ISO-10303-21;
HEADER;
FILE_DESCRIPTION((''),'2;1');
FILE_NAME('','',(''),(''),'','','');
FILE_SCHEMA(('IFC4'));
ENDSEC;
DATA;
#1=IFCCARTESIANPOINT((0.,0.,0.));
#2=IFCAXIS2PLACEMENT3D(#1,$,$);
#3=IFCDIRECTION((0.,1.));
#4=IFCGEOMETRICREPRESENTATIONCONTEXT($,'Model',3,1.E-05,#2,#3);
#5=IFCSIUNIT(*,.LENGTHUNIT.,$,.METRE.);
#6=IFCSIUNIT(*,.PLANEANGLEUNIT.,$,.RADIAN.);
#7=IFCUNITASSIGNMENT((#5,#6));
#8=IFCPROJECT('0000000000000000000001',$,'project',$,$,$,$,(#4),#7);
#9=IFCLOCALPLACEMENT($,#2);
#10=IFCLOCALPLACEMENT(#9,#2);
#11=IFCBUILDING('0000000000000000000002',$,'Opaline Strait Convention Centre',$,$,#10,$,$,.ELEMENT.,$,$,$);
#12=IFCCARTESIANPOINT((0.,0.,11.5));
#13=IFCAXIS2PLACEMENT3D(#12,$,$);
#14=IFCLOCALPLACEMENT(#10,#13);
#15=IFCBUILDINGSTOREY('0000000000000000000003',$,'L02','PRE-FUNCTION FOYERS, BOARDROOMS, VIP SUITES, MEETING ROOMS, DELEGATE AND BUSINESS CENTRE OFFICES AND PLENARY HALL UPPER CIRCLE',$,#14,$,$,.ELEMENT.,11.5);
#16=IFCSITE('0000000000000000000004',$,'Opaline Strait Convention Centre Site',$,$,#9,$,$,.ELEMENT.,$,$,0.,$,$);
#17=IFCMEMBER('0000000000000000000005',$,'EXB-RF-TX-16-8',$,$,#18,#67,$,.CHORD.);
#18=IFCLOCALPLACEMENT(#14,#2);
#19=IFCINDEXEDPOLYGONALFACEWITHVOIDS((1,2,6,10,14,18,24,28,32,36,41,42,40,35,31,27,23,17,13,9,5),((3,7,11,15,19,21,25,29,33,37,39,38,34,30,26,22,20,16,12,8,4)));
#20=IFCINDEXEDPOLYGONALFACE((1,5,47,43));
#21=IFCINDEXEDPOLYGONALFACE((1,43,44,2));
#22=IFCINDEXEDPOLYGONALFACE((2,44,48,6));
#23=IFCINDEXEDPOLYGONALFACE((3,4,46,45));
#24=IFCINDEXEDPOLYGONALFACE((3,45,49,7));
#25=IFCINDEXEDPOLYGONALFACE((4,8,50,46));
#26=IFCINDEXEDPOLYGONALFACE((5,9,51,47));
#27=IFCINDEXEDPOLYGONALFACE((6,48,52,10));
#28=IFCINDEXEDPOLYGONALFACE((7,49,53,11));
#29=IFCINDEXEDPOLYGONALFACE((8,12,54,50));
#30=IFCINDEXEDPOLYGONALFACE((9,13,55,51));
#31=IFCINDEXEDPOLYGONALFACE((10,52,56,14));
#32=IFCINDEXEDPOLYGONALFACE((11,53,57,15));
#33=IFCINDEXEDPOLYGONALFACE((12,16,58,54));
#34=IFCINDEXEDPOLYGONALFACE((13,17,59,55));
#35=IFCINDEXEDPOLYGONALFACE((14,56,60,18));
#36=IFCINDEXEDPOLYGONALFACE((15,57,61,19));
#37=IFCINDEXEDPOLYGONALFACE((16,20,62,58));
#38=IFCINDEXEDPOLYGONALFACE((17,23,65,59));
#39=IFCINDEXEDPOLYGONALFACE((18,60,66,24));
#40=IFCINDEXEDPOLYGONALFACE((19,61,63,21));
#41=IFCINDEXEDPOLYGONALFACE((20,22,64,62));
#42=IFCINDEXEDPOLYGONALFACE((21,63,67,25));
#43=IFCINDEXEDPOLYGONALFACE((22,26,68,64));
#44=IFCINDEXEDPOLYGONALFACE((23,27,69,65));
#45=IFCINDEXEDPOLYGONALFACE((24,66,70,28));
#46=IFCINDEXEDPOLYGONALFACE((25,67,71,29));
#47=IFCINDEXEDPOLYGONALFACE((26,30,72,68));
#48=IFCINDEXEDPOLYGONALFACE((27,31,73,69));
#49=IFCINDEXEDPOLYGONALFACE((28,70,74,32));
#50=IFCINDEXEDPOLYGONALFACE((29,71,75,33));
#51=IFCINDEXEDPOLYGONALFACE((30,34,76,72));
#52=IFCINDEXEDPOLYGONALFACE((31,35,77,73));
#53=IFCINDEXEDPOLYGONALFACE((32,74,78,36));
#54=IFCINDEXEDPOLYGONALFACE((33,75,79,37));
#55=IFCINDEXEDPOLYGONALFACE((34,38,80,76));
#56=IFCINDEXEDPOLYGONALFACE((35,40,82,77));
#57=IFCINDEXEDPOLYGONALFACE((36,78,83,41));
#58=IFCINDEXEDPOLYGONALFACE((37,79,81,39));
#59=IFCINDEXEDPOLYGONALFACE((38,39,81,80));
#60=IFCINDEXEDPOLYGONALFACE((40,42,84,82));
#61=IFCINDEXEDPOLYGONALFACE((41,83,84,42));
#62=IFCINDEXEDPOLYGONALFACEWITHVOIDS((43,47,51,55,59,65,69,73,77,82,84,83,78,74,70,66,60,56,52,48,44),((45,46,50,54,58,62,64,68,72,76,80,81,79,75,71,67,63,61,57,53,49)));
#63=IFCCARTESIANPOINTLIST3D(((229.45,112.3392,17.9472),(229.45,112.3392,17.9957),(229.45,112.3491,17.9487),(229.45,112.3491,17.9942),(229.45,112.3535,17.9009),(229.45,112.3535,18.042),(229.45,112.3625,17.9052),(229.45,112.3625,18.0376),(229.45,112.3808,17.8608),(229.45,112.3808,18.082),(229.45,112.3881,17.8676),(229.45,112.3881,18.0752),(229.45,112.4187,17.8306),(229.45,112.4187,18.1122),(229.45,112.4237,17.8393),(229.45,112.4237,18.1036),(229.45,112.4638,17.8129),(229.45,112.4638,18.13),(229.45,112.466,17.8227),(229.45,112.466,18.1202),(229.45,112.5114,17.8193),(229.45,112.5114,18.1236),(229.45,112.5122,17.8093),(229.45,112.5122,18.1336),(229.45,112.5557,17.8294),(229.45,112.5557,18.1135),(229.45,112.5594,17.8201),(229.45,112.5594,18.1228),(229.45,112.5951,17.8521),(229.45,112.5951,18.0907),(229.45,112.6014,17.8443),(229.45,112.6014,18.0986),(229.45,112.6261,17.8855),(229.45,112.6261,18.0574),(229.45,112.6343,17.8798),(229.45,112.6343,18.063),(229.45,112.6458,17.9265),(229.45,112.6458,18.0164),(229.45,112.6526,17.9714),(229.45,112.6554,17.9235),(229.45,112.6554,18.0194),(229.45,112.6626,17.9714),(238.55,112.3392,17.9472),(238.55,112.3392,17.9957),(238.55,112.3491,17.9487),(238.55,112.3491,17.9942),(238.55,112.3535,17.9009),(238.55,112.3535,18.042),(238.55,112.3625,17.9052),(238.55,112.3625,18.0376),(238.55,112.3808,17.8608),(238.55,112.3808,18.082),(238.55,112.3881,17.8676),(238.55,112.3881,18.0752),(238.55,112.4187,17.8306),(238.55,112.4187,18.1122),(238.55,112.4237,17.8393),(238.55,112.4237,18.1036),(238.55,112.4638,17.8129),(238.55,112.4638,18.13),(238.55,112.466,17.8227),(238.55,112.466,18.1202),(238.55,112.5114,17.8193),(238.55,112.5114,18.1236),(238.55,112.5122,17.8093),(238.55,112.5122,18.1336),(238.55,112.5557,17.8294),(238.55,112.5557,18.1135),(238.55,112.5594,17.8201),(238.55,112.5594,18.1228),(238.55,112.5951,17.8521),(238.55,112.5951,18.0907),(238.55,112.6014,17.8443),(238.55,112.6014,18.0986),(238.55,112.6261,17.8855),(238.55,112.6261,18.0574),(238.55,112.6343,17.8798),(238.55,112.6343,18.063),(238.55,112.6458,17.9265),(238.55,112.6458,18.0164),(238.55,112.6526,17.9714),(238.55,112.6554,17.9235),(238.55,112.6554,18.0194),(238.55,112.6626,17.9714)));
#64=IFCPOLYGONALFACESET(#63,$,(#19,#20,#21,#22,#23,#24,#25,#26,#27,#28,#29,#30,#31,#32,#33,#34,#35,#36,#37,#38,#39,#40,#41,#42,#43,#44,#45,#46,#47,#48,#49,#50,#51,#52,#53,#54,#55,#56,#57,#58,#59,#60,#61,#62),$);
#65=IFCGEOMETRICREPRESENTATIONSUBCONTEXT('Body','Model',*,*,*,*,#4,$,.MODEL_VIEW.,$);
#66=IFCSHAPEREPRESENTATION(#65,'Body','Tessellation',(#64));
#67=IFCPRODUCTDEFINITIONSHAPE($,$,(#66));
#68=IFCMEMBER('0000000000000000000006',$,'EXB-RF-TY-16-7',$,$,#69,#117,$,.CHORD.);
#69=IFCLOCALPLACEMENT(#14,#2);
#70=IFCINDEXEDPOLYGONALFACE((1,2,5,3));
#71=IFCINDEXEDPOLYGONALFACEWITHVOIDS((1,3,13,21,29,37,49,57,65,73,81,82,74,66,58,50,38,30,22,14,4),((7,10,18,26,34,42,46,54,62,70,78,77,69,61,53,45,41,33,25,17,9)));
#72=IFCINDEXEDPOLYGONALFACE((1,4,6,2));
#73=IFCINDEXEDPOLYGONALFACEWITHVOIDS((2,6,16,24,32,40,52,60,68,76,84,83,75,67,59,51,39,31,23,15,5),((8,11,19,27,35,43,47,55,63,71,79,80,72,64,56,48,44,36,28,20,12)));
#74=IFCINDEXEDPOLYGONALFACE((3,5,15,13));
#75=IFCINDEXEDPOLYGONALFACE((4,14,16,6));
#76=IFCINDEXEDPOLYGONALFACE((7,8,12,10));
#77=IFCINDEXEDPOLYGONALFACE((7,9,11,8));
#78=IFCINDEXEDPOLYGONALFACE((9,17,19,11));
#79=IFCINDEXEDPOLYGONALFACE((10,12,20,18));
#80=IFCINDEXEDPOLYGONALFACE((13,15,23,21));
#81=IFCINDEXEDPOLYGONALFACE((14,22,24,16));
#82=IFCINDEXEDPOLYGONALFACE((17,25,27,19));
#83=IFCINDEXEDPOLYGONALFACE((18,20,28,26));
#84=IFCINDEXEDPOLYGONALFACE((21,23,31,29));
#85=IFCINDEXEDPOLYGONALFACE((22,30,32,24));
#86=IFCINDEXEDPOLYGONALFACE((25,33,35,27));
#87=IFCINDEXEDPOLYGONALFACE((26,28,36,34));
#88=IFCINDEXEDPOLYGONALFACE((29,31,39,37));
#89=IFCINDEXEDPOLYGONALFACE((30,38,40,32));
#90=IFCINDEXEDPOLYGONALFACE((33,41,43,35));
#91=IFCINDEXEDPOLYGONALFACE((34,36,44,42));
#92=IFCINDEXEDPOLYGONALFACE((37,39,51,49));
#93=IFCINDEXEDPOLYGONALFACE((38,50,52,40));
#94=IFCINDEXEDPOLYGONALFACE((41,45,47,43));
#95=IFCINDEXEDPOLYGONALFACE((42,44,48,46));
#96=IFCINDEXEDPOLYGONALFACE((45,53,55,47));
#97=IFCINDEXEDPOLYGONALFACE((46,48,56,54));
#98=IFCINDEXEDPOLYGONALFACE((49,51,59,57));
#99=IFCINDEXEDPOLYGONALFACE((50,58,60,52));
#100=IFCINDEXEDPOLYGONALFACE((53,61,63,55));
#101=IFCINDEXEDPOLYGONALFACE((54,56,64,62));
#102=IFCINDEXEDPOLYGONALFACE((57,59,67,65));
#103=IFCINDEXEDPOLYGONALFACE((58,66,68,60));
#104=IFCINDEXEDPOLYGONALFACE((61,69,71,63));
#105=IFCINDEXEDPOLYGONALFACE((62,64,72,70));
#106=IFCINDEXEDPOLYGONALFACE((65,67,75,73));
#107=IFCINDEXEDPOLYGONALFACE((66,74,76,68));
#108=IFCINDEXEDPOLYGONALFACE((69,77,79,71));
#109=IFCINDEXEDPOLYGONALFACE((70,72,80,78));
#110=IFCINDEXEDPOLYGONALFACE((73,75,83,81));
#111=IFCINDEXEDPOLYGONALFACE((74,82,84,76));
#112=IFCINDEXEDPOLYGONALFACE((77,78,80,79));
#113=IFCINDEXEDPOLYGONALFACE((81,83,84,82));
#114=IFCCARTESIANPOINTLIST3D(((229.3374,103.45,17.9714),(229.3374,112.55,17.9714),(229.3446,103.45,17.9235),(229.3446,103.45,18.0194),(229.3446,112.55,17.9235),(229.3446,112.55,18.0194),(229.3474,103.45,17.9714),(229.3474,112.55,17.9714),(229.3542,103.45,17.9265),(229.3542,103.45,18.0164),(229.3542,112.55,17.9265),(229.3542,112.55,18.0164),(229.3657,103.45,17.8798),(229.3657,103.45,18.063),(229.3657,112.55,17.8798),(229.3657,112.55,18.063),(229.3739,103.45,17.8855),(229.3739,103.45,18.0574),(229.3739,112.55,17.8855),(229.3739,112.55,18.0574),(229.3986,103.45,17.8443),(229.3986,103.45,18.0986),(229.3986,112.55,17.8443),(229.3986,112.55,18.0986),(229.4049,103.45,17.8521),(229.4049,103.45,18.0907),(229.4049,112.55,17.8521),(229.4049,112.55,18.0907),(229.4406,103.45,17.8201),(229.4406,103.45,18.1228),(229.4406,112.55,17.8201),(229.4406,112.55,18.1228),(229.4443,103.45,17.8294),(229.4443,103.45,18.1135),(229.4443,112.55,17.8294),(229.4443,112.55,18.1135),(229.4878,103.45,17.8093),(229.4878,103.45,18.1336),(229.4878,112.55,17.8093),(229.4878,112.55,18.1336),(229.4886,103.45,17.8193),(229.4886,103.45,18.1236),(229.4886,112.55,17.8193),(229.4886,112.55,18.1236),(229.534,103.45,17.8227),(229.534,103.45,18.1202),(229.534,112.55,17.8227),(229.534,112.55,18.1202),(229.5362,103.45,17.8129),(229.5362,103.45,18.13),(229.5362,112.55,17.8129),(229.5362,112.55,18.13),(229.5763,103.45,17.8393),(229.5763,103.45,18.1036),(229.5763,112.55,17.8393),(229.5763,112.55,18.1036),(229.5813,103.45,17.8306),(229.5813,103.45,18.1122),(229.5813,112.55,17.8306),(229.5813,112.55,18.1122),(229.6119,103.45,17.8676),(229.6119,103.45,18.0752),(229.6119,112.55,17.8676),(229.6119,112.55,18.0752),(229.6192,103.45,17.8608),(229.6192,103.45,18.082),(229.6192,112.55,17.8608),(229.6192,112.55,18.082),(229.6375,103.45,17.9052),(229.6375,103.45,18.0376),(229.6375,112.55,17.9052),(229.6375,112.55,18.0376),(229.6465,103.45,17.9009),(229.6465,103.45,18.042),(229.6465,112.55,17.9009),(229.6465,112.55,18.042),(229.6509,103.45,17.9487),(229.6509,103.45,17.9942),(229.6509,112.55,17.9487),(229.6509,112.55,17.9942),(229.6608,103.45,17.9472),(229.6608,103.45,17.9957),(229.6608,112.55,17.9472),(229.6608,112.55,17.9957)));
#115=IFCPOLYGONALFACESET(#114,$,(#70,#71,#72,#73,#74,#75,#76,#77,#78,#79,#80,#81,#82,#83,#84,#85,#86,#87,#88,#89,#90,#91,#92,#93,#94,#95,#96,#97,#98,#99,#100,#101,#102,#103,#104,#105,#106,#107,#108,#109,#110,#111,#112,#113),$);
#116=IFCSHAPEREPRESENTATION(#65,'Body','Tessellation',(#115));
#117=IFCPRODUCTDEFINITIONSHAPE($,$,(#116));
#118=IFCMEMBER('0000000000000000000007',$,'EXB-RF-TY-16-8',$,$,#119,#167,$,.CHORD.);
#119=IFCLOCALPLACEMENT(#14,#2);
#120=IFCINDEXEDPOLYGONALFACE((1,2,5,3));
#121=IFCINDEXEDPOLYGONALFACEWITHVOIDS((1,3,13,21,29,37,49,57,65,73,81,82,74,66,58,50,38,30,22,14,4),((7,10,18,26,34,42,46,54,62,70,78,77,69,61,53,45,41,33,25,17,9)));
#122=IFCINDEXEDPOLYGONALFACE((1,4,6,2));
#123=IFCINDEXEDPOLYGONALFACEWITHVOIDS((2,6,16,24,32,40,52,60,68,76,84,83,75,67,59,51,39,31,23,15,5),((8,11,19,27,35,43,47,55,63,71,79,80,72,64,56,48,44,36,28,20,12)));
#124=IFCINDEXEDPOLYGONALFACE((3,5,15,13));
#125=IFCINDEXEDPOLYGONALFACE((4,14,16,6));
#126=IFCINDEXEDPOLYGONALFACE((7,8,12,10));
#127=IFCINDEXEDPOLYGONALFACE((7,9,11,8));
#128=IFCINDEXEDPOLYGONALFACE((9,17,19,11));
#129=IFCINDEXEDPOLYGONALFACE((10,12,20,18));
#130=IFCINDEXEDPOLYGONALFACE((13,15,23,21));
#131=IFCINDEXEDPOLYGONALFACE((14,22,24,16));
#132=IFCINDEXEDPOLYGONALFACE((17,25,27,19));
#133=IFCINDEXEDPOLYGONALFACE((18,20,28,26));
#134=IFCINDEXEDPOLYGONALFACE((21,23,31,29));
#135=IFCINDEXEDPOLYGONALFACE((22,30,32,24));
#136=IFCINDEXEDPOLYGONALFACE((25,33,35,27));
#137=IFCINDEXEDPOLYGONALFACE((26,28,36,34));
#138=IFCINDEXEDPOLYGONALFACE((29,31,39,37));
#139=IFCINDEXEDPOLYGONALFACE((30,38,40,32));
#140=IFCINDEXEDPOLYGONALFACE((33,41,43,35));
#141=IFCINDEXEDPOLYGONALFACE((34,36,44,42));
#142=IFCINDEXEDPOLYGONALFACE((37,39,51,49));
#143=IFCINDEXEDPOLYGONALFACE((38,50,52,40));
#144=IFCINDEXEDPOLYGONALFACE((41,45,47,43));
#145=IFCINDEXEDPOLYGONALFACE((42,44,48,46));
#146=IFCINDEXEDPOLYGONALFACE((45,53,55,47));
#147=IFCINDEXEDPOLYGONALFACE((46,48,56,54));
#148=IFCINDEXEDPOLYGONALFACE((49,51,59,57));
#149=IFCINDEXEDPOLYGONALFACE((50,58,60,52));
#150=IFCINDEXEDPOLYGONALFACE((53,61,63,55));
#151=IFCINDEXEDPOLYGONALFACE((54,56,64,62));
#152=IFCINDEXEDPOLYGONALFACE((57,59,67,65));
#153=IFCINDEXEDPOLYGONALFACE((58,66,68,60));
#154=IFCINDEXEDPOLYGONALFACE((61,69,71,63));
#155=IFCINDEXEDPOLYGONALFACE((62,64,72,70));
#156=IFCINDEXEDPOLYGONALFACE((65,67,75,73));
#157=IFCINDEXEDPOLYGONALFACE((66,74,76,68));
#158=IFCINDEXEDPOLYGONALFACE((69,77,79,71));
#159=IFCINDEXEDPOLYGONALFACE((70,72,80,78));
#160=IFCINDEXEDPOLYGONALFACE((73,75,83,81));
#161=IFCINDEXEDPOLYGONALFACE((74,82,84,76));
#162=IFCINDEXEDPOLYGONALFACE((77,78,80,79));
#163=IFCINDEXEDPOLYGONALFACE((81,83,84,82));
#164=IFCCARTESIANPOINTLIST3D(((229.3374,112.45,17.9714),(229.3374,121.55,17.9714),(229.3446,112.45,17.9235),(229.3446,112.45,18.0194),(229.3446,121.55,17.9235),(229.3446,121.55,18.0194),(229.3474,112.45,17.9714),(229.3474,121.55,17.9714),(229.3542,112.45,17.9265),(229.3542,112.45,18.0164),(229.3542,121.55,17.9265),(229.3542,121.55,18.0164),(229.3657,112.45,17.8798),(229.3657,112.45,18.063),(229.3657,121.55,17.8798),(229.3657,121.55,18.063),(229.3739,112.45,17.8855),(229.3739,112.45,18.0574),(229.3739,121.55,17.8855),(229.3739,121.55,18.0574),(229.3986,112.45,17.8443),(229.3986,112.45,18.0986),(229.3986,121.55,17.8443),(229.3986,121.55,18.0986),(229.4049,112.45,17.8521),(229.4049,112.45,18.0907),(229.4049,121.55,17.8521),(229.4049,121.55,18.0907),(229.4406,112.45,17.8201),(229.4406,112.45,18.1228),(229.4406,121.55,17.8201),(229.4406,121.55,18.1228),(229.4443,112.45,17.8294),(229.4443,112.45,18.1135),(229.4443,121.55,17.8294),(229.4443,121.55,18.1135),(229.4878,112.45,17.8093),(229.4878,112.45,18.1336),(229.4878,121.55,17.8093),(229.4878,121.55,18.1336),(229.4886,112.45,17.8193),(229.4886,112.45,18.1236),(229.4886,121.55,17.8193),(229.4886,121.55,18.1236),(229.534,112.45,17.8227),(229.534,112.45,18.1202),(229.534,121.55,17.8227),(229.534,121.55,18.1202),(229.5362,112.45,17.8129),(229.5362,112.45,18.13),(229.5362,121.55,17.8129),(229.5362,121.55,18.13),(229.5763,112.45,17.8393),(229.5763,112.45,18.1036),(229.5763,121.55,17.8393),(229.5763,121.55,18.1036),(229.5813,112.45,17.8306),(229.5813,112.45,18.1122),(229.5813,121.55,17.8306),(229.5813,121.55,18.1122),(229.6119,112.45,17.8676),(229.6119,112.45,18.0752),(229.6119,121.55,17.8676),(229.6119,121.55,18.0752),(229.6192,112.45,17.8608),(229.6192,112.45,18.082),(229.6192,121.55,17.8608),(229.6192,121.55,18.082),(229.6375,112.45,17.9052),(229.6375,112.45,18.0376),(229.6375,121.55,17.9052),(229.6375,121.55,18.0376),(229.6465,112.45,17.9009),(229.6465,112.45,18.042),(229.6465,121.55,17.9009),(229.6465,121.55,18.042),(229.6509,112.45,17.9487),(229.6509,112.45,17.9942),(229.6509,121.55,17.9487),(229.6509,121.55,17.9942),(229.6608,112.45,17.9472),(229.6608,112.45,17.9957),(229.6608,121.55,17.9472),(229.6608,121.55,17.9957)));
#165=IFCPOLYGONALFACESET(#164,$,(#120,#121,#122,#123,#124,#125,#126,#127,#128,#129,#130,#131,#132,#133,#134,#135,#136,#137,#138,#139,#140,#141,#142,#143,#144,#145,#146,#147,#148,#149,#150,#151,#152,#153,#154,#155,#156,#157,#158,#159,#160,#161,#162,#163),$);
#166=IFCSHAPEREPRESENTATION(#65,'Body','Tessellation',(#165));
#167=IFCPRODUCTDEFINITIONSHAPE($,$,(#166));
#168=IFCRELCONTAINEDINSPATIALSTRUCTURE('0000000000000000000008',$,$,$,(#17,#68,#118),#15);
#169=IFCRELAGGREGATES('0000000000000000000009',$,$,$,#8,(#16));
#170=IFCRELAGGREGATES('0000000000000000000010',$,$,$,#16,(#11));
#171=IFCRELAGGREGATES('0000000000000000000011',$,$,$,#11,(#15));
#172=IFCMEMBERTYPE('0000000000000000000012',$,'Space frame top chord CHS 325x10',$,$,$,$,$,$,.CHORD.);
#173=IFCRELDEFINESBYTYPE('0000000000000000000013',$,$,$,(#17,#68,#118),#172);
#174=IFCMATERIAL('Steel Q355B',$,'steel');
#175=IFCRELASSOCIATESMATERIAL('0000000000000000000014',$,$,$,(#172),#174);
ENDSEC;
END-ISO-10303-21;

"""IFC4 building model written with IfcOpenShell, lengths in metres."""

from ifc_helpers import new_model, si_unit, direction, frame, origin, origin_2d, place, context, subcontext, project, spatial, hollow_circle, extrude, material, material_profile, profile_set, type_object, element, save


model = new_model("IFC4")

# Units and contexts
model_context = context("Model", 3, precision=1e-05, world=origin(), true_north=direction((0.0, 1.0)))
body_context = subcontext(model_context, "Body", "Model", "MODEL_VIEW")
ifc_project = project(units=[si_unit("LENGTHUNIT", "METRE"), si_unit("PLANEANGLEUNIT", "RADIAN")], contexts=[model_context])

# Site, building, storey
site_placement = place(None, origin())
site = spatial("IfcSite", under=ifc_project, at=site_placement, Name="Opaline Strait Convention Centre Site", CompositionType="ELEMENT", RefElevation=0.0)
building_placement = place(site_placement, origin())
building = spatial("IfcBuilding", under=site, at=building_placement, Name="Opaline Strait Convention Centre", CompositionType="ELEMENT")
storey_placement = place(building_placement, frame((0.0, 0.0, 11.5)))
storey = spatial("IfcBuildingStorey", under=building, at=storey_placement, Name="L02", Description="PRE-FUNCTION FOYERS, BOARDROOMS, VIP SUITES, MEETING ROOMS, DELEGATE AND BUSINESS CENTRE OFFICES AND PLENARY HALL UPPER CIRCLE", CompositionType="ELEMENT", Elevation=11.5)

# Members
ifc_material = material(Name="Steel Q355B", Category="steel")
ifc_material_profile_1 = material_profile(ifc_material, hollow_circle(Radius=0.1626, WallThickness=0.01, at=origin_2d()), Name="CHS 325x10")
ifc_profile_set_1 = profile_set([ifc_material_profile_1], Name="Steel Q355B")
member_type_1 = type_object("IfcMemberType", Name="Space frame top chord CHS 325x10", PredefinedType="CHORD", material=ifc_profile_set_1)
for number, where, z_axis, x_axis, name in (
    (1, (229.45, 112.5, 17.9714), (1.0, 0.0, 0.0), (0.0, 1.0, 0.0), "EXB-RF-TX-16-8"),
    (2, (229.5, 103.45, 17.9714), (0.0, 1.0, 0.0), (-1.0, 0.0, 0.0), "EXB-RF-TY-16-7"),
    (3, (229.5, 112.45, 17.9714), (0.0, 1.0, 0.0), (-1.0, 0.0, 0.0), "EXB-RF-TY-16-8"),
):
    element("IfcMember", number, at=place(storey_placement, frame(where, z_axis=z_axis, x_axis=x_axis)), inside=storey, type_object=member_type_1, Name=name, PredefinedType="CHORD", context=body_context, shape_type="SweptSolid", body=[
        extrude(hollow_circle(Radius=0.1626, WallThickness=0.01, at=origin_2d()), origin(), (0.0, 0.0, 1.0), 9.1001),
    ])

save(model, "model.ifc")
